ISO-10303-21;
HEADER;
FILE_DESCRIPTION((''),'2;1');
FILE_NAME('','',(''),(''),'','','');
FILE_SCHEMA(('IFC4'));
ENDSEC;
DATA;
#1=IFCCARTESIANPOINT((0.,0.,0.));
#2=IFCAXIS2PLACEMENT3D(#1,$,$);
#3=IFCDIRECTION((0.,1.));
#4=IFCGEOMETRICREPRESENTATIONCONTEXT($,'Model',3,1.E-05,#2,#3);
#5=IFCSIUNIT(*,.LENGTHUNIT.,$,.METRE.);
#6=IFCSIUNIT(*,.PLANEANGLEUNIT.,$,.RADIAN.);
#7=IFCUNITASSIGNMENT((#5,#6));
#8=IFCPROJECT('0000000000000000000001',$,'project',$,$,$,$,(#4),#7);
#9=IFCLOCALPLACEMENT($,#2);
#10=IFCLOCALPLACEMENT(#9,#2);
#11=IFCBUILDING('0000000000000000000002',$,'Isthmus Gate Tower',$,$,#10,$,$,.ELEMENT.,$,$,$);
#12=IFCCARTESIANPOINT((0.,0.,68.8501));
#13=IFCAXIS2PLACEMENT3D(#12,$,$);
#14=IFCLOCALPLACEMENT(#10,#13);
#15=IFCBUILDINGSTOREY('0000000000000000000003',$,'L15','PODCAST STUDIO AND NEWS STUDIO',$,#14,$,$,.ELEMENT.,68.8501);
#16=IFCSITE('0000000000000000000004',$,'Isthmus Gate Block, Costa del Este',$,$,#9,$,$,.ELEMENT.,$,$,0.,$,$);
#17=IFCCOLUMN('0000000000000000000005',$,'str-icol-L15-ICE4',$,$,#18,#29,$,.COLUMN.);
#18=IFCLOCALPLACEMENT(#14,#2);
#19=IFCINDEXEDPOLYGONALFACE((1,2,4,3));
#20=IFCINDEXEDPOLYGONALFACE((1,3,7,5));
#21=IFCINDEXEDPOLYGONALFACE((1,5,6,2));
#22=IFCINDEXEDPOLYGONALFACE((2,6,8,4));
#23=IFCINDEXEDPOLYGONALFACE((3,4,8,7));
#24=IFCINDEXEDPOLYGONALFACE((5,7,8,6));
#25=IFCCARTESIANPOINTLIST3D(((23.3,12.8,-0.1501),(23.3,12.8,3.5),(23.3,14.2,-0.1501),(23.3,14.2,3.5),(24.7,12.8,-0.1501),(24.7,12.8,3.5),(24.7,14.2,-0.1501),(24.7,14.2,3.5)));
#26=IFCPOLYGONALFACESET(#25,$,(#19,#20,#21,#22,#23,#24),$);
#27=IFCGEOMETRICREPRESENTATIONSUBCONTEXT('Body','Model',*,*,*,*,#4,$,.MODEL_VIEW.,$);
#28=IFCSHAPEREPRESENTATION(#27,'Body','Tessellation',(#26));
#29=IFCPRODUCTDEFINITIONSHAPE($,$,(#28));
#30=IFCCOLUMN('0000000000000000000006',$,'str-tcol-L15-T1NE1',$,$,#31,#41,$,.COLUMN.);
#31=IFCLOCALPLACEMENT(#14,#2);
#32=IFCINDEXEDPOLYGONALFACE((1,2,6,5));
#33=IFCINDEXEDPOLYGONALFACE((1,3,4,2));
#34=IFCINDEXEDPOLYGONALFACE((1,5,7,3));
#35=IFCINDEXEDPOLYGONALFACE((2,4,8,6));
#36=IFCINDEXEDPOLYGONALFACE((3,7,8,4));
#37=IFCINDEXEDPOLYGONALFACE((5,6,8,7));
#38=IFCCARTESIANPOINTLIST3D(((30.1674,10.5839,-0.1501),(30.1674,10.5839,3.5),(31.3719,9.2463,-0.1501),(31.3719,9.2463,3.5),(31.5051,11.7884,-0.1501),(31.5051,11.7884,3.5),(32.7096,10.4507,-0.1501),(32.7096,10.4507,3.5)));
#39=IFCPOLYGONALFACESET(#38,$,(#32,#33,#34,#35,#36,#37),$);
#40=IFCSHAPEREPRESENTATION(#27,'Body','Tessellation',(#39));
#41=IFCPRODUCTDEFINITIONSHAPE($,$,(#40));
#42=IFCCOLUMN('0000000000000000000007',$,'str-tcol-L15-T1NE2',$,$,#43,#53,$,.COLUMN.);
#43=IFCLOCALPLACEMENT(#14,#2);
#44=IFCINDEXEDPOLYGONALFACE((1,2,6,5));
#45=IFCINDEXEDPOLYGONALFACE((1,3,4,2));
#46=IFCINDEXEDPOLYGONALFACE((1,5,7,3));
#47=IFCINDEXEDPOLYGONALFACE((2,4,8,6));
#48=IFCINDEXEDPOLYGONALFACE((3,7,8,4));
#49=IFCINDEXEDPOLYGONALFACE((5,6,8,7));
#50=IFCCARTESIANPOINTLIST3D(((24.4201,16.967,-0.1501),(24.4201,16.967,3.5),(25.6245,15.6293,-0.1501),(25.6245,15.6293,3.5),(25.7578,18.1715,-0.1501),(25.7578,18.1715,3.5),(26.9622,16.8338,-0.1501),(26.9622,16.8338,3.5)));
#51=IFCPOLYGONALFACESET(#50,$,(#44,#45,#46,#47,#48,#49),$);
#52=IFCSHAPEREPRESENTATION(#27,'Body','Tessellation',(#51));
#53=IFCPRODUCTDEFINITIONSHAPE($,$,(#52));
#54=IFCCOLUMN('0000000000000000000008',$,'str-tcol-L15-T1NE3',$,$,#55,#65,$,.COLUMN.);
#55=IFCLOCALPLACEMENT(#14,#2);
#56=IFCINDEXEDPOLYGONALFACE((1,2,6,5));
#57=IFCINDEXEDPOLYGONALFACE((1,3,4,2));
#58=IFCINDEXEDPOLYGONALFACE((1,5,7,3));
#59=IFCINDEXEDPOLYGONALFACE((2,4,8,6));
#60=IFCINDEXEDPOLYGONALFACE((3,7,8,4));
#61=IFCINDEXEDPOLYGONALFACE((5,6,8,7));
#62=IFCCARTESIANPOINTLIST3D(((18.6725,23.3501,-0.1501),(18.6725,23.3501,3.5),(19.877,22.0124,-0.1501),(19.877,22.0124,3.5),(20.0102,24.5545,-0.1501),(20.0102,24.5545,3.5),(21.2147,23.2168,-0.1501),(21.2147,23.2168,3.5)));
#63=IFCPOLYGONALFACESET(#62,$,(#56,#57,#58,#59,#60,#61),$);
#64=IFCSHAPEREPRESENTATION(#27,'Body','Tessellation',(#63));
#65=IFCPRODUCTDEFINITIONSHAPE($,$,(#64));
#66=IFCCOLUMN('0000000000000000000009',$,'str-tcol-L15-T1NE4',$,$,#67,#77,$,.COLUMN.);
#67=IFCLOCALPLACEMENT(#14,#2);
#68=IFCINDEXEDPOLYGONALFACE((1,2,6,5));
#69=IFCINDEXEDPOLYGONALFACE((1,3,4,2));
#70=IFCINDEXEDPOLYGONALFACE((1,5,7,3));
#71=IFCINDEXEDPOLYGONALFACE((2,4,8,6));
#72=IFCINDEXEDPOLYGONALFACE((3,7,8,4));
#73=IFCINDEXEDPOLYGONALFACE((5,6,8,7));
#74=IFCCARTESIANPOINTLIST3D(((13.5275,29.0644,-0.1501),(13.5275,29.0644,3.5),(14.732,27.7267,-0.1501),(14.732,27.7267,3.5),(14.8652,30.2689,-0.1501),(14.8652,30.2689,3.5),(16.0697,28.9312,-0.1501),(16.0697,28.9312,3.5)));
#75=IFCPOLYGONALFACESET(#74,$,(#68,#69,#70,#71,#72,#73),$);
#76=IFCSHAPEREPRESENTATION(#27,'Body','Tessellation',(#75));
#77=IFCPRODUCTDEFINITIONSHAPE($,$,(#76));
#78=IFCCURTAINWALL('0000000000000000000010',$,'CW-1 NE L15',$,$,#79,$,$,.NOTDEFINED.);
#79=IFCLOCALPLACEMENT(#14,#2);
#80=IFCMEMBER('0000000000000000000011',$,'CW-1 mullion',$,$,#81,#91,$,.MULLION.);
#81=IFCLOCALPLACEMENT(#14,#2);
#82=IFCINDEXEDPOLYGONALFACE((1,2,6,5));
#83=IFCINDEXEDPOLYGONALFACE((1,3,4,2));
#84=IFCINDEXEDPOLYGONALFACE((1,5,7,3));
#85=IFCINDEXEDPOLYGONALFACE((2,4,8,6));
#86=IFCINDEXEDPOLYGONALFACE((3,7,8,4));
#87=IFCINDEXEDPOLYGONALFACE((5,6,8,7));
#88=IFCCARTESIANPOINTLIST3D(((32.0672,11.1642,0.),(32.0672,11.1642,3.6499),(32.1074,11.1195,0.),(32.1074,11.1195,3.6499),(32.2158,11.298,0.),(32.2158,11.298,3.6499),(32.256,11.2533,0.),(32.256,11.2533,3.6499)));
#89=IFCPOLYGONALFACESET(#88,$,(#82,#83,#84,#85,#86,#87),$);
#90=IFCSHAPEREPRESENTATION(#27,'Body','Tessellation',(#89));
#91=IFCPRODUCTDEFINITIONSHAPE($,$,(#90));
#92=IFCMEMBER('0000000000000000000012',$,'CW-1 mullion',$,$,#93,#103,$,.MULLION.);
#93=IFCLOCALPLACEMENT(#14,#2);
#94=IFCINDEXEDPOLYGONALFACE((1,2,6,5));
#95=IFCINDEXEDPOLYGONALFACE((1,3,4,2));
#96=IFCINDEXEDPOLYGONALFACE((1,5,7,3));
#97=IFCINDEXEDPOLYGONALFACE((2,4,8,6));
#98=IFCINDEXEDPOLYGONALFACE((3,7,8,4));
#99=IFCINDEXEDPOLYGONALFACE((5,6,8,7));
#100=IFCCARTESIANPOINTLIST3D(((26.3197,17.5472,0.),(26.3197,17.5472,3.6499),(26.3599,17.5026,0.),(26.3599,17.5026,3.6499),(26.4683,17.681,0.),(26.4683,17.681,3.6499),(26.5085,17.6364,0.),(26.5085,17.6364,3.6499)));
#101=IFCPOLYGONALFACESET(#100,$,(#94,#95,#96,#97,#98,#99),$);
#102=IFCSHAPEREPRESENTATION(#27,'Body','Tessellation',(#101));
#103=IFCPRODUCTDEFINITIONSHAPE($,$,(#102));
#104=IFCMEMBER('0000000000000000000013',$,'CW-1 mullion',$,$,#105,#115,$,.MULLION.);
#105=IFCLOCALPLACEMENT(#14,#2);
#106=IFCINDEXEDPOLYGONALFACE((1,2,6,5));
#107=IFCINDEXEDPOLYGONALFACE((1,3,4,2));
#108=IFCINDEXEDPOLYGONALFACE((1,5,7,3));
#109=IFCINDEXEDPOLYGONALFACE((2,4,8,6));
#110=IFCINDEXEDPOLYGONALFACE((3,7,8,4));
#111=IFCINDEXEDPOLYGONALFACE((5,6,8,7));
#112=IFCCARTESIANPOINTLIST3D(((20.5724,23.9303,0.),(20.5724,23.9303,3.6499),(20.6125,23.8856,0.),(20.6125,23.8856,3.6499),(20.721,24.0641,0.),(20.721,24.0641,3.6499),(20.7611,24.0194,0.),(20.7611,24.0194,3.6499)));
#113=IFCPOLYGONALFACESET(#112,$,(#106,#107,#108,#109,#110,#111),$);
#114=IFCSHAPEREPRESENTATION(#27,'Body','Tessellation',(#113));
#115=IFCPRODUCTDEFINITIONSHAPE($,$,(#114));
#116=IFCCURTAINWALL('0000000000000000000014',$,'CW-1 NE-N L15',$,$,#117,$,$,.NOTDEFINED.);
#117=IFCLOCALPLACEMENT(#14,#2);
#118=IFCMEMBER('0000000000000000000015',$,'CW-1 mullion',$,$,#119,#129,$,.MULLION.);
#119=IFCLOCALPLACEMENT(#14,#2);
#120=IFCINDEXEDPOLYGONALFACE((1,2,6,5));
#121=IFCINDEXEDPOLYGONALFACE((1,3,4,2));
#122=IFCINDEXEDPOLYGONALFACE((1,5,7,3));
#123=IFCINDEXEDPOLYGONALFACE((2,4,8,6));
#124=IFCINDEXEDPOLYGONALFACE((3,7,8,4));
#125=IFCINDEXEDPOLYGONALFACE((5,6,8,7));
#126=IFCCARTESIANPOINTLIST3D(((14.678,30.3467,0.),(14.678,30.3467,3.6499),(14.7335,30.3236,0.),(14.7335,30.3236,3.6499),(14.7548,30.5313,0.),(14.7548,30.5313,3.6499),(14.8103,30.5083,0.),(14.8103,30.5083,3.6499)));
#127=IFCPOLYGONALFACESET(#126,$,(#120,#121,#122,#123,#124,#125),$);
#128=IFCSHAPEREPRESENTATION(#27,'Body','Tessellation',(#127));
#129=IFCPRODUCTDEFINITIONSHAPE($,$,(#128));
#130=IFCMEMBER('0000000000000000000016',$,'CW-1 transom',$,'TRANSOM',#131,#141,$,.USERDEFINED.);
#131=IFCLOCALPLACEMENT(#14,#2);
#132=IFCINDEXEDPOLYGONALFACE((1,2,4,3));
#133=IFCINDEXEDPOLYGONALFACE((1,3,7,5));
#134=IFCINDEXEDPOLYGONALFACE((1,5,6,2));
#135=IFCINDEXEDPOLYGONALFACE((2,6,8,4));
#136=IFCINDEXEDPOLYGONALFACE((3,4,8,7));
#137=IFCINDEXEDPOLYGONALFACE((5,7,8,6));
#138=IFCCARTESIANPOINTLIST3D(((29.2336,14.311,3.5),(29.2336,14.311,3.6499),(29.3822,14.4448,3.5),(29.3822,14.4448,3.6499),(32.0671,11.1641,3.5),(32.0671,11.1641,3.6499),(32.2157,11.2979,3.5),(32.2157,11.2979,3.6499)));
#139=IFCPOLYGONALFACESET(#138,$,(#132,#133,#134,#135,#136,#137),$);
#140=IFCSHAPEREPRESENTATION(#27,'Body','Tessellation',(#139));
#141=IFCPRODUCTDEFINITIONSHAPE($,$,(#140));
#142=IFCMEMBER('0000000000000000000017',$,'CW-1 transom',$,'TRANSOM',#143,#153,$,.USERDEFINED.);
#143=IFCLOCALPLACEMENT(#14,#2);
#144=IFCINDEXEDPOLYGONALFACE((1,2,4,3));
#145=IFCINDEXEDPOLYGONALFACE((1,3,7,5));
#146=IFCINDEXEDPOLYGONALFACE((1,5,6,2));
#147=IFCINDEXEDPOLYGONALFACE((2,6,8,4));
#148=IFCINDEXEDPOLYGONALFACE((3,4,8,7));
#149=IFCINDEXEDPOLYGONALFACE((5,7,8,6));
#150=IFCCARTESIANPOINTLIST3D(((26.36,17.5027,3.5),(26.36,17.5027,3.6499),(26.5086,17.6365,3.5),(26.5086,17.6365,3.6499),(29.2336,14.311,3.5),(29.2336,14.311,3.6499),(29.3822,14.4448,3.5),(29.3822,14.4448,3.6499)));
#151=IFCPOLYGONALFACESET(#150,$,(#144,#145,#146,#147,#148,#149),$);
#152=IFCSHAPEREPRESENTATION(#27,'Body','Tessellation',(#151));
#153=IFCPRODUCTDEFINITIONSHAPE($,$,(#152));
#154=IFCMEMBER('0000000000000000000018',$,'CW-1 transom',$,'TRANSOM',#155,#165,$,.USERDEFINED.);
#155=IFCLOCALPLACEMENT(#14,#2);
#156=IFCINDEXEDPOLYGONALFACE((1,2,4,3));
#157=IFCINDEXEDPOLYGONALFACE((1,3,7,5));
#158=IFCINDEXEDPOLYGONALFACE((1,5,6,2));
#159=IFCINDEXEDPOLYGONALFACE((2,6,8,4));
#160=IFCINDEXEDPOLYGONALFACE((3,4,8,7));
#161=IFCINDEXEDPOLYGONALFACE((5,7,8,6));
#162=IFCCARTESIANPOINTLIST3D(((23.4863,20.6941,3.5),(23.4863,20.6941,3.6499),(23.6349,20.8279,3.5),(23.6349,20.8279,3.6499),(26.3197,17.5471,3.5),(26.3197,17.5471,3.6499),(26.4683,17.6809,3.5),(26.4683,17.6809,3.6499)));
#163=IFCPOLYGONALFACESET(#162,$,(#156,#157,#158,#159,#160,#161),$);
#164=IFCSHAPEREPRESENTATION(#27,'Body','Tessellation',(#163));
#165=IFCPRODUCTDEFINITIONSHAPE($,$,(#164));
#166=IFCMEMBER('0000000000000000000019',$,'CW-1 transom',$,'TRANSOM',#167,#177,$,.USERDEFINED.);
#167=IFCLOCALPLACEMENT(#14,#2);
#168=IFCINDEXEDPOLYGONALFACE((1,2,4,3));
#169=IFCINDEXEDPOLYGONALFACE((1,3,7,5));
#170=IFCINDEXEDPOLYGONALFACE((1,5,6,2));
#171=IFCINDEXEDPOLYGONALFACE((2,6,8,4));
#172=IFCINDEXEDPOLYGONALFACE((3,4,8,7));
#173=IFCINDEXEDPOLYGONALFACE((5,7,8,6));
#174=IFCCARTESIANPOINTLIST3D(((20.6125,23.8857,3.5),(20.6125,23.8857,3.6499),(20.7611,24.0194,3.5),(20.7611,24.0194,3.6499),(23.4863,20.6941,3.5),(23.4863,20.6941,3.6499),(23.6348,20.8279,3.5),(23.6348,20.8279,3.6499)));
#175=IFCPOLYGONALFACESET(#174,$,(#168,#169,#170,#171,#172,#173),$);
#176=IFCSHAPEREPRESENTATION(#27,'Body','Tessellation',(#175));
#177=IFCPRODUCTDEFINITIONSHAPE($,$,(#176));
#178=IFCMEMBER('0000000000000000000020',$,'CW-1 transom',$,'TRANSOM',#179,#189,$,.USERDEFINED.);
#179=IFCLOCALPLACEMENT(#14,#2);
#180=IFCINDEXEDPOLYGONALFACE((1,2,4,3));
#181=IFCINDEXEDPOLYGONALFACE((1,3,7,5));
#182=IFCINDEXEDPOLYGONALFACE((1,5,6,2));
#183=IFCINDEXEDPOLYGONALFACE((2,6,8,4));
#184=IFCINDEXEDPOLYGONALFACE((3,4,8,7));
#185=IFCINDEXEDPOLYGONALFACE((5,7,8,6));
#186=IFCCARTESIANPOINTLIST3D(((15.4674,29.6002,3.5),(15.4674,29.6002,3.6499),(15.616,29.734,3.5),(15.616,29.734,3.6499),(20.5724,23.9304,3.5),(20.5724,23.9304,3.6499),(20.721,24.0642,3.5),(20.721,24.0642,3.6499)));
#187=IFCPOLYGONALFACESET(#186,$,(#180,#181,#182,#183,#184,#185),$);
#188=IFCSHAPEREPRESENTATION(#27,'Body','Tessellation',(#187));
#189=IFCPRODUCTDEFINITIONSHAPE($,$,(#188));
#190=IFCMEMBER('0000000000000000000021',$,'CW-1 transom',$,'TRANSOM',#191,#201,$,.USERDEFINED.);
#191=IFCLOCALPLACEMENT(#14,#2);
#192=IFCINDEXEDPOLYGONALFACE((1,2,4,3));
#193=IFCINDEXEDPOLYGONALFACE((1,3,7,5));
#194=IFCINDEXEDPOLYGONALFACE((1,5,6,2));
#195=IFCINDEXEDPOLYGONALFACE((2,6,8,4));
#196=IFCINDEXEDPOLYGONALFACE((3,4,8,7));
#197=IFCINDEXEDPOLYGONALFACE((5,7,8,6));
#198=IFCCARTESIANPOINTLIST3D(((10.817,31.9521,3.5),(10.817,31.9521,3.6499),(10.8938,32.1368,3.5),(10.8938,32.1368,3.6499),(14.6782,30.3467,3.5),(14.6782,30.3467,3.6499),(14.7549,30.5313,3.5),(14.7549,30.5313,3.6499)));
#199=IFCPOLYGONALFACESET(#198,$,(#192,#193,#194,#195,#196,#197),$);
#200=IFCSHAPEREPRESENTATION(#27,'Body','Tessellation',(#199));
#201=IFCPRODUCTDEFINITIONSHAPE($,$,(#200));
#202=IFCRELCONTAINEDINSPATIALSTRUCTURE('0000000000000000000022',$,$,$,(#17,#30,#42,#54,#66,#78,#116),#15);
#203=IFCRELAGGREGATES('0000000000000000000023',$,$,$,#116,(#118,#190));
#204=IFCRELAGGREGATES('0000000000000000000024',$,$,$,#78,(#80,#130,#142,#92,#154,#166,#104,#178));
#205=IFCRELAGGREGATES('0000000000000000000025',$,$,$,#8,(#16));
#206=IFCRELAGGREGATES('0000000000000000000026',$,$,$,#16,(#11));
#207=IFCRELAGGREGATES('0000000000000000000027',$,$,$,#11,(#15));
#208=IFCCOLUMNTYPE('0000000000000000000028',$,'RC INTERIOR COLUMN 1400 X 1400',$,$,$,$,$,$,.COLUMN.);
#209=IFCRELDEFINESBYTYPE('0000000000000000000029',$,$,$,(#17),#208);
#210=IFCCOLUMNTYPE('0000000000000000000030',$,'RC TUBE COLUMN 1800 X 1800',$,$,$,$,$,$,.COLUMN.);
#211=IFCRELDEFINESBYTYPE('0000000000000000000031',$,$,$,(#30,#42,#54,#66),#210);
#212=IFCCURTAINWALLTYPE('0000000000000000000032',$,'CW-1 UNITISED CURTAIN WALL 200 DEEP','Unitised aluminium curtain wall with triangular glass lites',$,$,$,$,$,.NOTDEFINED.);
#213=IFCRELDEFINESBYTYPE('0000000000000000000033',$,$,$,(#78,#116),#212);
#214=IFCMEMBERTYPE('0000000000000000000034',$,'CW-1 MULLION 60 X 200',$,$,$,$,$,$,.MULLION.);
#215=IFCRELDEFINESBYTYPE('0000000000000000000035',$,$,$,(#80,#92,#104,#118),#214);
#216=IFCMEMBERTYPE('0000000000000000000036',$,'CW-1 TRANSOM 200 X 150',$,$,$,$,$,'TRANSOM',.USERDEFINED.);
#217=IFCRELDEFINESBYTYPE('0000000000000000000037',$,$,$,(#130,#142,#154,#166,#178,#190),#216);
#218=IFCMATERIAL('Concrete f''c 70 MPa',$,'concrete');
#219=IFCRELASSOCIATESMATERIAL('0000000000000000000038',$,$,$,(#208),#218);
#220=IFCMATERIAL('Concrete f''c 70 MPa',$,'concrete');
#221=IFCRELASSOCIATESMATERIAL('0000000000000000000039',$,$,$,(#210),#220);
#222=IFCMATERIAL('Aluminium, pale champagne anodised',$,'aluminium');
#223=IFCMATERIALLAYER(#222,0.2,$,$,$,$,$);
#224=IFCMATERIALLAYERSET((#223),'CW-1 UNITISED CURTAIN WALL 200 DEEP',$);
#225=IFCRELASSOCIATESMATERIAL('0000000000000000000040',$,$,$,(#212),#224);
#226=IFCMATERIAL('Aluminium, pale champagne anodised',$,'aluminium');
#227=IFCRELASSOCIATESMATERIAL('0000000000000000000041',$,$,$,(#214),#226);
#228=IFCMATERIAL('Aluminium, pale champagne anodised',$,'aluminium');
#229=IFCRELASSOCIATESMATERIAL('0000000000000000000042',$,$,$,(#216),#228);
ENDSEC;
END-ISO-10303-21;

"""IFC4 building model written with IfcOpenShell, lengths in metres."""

from ifc_helpers import new_model, si_unit, direction, frame, origin, origin_2d, place, context, subcontext, project, spatial, rectangle, extrude, material, layer, layer_set, material_profile, profile_set, type_object, element, aggregate, save


model = new_model("IFC4")

# Units and contexts
model_context = context("Model", 3, precision=1e-05, world=origin(), true_north=direction((0.0, 1.0)))
body_context = subcontext(model_context, "Body", "Model", "MODEL_VIEW")
ifc_project = project(units=[si_unit("LENGTHUNIT", "METRE"), si_unit("PLANEANGLEUNIT", "RADIAN")], contexts=[model_context])

# Site, building, storey
site_placement = place(None, origin())
site = spatial("IfcSite", under=ifc_project, at=site_placement, Name="Isthmus Gate Block, Costa del Este", CompositionType="ELEMENT", RefElevation=0.0)
building_placement = place(site_placement, origin())
building = spatial("IfcBuilding", under=site, at=building_placement, Name="Isthmus Gate Tower", CompositionType="ELEMENT")
storey_placement = place(building_placement, frame((0.0, 0.0, 68.8501)))
storey = spatial("IfcBuildingStorey", under=building, at=storey_placement, Name="L15", Description="PODCAST STUDIO AND NEWS STUDIO", CompositionType="ELEMENT", Elevation=68.8501)

# Columns
ifc_material_1 = material(Name="Concrete f'c 70 MPa", Category="concrete")
ifc_material_profile_1 = material_profile(ifc_material_1, rectangle(XDim=1.3999, YDim=1.3999, at=origin_2d()), Name="RC 1400X1400")
ifc_profile_set_1 = profile_set([ifc_material_profile_1], Name="Concrete f'c 70 MPa")
column_type_1 = type_object("IfcColumnType", Name="RC INTERIOR COLUMN 1400 X 1400", PredefinedType="COLUMN", material=ifc_profile_set_1)
column_placement = place(storey_placement, frame((24.0, 13.5, -0.1501), z_axis=(0.0, 0.0, 1.0), x_axis=(1.0, 0.0, 0.0)))
element("IfcColumn", 1, at=column_placement, inside=storey, type_object=column_type_1, Name="str-icol-L15-ICE4", PredefinedType="COLUMN", context=body_context, shape_type="SweptSolid", body=[
    extrude(rectangle(XDim=1.3999, YDim=1.3999, at=origin_2d()), origin(), (0.0, 0.0, 1.0), 3.6501),
])
ifc_material_2 = material(Name="Concrete f'c 70 MPa", Category="concrete")
ifc_material_profile_2 = material_profile(ifc_material_2, rectangle(XDim=1.8, YDim=1.8, at=origin_2d()), Name="RC 1800X1800")
ifc_profile_set_2 = profile_set([ifc_material_profile_2], Name="Concrete f'c 70 MPa")
column_type_2 = type_object("IfcColumnType", Name="RC TUBE COLUMN 1800 X 1800", PredefinedType="COLUMN", material=ifc_profile_set_2)
for number, where, z_axis, x_axis, name in (
    (2, (31.4385, 10.5173, -0.1501), (0.0, 0.0, 1.0), (-0.669131, 0.743145, 0.0), "str-tcol-L15-T1NE1"),
    (3, (25.6912, 16.9004, -0.1501), (0.0, 0.0, 1.0), (-0.669131, 0.743145, 0.0), "str-tcol-L15-T1NE2"),
    (4, (19.9436, 23.2834, -0.1501), (0.0, 0.0, 1.0), (-0.669131, 0.743145, 0.0), "str-tcol-L15-T1NE3"),
    (5, (14.7986, 28.9978, -0.1501), (0.0, 0.0, 1.0), (-0.669131, 0.743145, 0.0), "str-tcol-L15-T1NE4"),
):
    element("IfcColumn", number, at=place(storey_placement, frame(where, z_axis=z_axis, x_axis=x_axis)), inside=storey, type_object=column_type_2, Name=name, PredefinedType="COLUMN", context=body_context, shape_type="SweptSolid", body=[
        extrude(rectangle(XDim=1.8, YDim=1.8, at=origin_2d()), origin(), (0.0, 0.0, 1.0), 3.6501),
    ])

# Curtain wall, members
ifc_material_3 = material(Name="Aluminium, pale champagne anodised", Category="aluminium")
ifc_layer_1 = layer(ifc_material_3, 0.2)
ifc_layer_set_1 = layer_set([ifc_layer_1], Name="CW-1 UNITISED CURTAIN WALL 200 DEEP")
curtain_wall_type = type_object("IfcCurtainWallType", Name="CW-1 UNITISED CURTAIN WALL 200 DEEP", Description="Unitised aluminium curtain wall with triangular glass lites", PredefinedType="NOTDEFINED", material=ifc_layer_set_1)
curtain_wall_1_placement = place(storey_placement, origin())
curtain_wall_1 = element("IfcCurtainWall", 6, at=curtain_wall_1_placement, inside=storey, type_object=curtain_wall_type, Name="CW-1 NE L15", PredefinedType="NOTDEFINED")
ifc_material_4 = material(Name="Aluminium, pale champagne anodised", Category="aluminium")
ifc_material_profile_3 = material_profile(ifc_material_4, rectangle(XDim=0.0601, YDim=0.2, at=origin_2d()), Name="60x200")
ifc_profile_set_3 = profile_set([ifc_material_profile_3], Name="Aluminium, pale champagne anodised")
member_type_1 = type_object("IfcMemberType", Name="CW-1 MULLION 60 X 200", PredefinedType="MULLION", material=ifc_profile_set_3)
member_1_placement = place(storey_placement, frame((32.1616, 11.2087, 0.0), z_axis=(0.0, 0.0, 1.0), x_axis=(-0.669131, 0.743145, 0.0)))
member_1 = element("IfcMember", 7, at=member_1_placement, type_object=member_type_1, Name="CW-1 mullion", PredefinedType="MULLION", context=body_context, shape_type="SweptSolid", body=[
    extrude(rectangle(XDim=0.0601, YDim=0.2, at=origin_2d()), origin(), (0.0, 0.0, 1.0), 3.6499),
])
member_2_placement = place(storey_placement, frame((26.4141, 17.5918, 0.0), z_axis=(0.0, 0.0, 1.0), x_axis=(-0.669131, 0.743145, 0.0)))
member_2 = element("IfcMember", 8, at=member_2_placement, type_object=member_type_1, Name="CW-1 mullion", PredefinedType="MULLION", context=body_context, shape_type="SweptSolid", body=[
    extrude(rectangle(XDim=0.0601, YDim=0.2, at=origin_2d()), origin(), (0.0, 0.0, 1.0), 3.6499),
])
member_3_placement = place(storey_placement, frame((20.6667, 23.9749, 0.0), z_axis=(0.0, 0.0, 1.0), x_axis=(-0.669131, 0.743145, 0.0)))
member_3 = element("IfcMember", 9, at=member_3_placement, type_object=member_type_1, Name="CW-1 mullion", PredefinedType="MULLION", context=body_context, shape_type="SweptSolid", body=[
    extrude(rectangle(XDim=0.0601, YDim=0.2, at=origin_2d()), origin(), (0.0, 0.0, 1.0), 3.6499),
])

# Curtain wall, member
curtain_wall_2_placement = place(storey_placement, origin())
curtain_wall_2 = element("IfcCurtainWall", 10, at=curtain_wall_2_placement, inside=storey, type_object=curtain_wall_type, Name="CW-1 NE-N L15", PredefinedType="NOTDEFINED")
member_4_placement = place(storey_placement, frame((14.7441, 30.4275, 0.0), z_axis=(0.0, 0.0, 1.0), x_axis=(-0.923353, 0.383952, 0.0)))
member_4 = element("IfcMember", 11, at=member_4_placement, type_object=member_type_1, Name="CW-1 mullion", PredefinedType="MULLION", context=body_context, shape_type="SweptSolid", body=[
    extrude(rectangle(XDim=0.0601, YDim=0.2, at=origin_2d()), origin(), (0.0, 0.0, 1.0), 3.6499),
])

# Members
ifc_material_5 = material(Name="Aluminium, pale champagne anodised", Category="aluminium")
ifc_material_profile_4 = material_profile(ifc_material_5, rectangle(XDim=0.2, YDim=0.1499, at=origin_2d()), Name="200x150")
ifc_profile_set_4 = profile_set([ifc_material_profile_4], Name="Aluminium, pale champagne anodised")
member_type_2 = type_object("IfcMemberType", Name="CW-1 TRANSOM 200 X 150", ElementType="TRANSOM", PredefinedType="USERDEFINED", material=ifc_profile_set_4)
member_5_placement = place(storey_placement, frame((32.1414, 11.231, 3.575), z_axis=(-0.669124, 0.743151, 0.0), x_axis=(-0.743151, -0.669124, 0.0)))
member_5 = element("IfcMember", 12, at=member_5_placement, type_object=member_type_2, Name="CW-1 transom", ObjectType="TRANSOM", PredefinedType="USERDEFINED", context=body_context, shape_type="SweptSolid", body=[
    extrude(rectangle(XDim=0.2, YDim=0.1499, at=origin_2d()), origin(), (0.0, 0.0, 1.0), 4.2346),
])
member_6_placement = place(storey_placement, frame((29.3079, 14.3779, 3.575), z_axis=(-0.6691, 0.743173, 0.0), x_axis=(-0.743173, -0.6691, 0.0)))
member_6 = element("IfcMember", 13, at=member_6_placement, type_object=member_type_2, Name="CW-1 transom", ObjectType="TRANSOM", PredefinedType="USERDEFINED", context=body_context, shape_type="SweptSolid", body=[
    extrude(rectangle(XDim=0.2, YDim=0.1499, at=origin_2d()), origin(), (0.0, 0.0, 1.0), 4.2947),
])
member_7_placement = place(storey_placement, frame((26.394, 17.614, 3.575), z_axis=(-0.669124, 0.743151, 0.0), x_axis=(-0.743151, -0.669124, 0.0)))
member_7 = element("IfcMember", 14, at=member_7_placement, type_object=member_type_2, Name="CW-1 transom", ObjectType="TRANSOM", PredefinedType="USERDEFINED", context=body_context, shape_type="SweptSolid", body=[
    extrude(rectangle(XDim=0.2, YDim=0.1499, at=origin_2d()), origin(), (0.0, 0.0, 1.0), 4.2346),
])
member_8_placement = place(storey_placement, frame((23.5605, 20.761, 3.575), z_axis=(-0.669131, 0.743144, 0.0), x_axis=(-0.743144, -0.669131, 0.0)))
member_8 = element("IfcMember", 15, at=member_8_placement, type_object=member_type_2, Name="CW-1 transom", ObjectType="TRANSOM", PredefinedType="USERDEFINED", context=body_context, shape_type="SweptSolid", body=[
    extrude(rectangle(XDim=0.2, YDim=0.1499, at=origin_2d()), origin(), (0.0, 0.0, 1.0), 4.2947),
])
member_9_placement = place(storey_placement, frame((20.6467, 23.9973, 3.575), z_axis=(-0.669129, 0.743146, 0.0), x_axis=(-0.743146, -0.669129, 0.0)))
member_9 = element("IfcMember", 16, at=member_9_placement, type_object=member_type_2, Name="CW-1 transom", ObjectType="TRANSOM", PredefinedType="USERDEFINED", context=body_context, shape_type="SweptSolid", body=[
    extrude(rectangle(XDim=0.2, YDim=0.1499, at=origin_2d()), origin(), (0.0, 0.0, 1.0), 7.6294),
])
member_10_placement = place(storey_placement, frame((14.7166, 30.439, 3.575), z_axis=(-0.923358, 0.38394, 0.0), x_axis=(-0.38394, -0.923358, 0.0)))
member_10 = element("IfcMember", 17, at=member_10_placement, type_object=member_type_2, Name="CW-1 transom", ObjectType="TRANSOM", PredefinedType="USERDEFINED", context=body_context, shape_type="SweptSolid", body=[
    extrude(rectangle(XDim=0.2, YDim=0.1499, at=origin_2d()), origin(), (0.0, 0.0, 1.0), 4.1816),
])
aggregate(curtain_wall_2, [member_4, member_10])

aggregate(curtain_wall_1, [member_1, member_5, member_6, member_2, member_7, member_8, member_3, member_9])

save(model, "model.ifc")
